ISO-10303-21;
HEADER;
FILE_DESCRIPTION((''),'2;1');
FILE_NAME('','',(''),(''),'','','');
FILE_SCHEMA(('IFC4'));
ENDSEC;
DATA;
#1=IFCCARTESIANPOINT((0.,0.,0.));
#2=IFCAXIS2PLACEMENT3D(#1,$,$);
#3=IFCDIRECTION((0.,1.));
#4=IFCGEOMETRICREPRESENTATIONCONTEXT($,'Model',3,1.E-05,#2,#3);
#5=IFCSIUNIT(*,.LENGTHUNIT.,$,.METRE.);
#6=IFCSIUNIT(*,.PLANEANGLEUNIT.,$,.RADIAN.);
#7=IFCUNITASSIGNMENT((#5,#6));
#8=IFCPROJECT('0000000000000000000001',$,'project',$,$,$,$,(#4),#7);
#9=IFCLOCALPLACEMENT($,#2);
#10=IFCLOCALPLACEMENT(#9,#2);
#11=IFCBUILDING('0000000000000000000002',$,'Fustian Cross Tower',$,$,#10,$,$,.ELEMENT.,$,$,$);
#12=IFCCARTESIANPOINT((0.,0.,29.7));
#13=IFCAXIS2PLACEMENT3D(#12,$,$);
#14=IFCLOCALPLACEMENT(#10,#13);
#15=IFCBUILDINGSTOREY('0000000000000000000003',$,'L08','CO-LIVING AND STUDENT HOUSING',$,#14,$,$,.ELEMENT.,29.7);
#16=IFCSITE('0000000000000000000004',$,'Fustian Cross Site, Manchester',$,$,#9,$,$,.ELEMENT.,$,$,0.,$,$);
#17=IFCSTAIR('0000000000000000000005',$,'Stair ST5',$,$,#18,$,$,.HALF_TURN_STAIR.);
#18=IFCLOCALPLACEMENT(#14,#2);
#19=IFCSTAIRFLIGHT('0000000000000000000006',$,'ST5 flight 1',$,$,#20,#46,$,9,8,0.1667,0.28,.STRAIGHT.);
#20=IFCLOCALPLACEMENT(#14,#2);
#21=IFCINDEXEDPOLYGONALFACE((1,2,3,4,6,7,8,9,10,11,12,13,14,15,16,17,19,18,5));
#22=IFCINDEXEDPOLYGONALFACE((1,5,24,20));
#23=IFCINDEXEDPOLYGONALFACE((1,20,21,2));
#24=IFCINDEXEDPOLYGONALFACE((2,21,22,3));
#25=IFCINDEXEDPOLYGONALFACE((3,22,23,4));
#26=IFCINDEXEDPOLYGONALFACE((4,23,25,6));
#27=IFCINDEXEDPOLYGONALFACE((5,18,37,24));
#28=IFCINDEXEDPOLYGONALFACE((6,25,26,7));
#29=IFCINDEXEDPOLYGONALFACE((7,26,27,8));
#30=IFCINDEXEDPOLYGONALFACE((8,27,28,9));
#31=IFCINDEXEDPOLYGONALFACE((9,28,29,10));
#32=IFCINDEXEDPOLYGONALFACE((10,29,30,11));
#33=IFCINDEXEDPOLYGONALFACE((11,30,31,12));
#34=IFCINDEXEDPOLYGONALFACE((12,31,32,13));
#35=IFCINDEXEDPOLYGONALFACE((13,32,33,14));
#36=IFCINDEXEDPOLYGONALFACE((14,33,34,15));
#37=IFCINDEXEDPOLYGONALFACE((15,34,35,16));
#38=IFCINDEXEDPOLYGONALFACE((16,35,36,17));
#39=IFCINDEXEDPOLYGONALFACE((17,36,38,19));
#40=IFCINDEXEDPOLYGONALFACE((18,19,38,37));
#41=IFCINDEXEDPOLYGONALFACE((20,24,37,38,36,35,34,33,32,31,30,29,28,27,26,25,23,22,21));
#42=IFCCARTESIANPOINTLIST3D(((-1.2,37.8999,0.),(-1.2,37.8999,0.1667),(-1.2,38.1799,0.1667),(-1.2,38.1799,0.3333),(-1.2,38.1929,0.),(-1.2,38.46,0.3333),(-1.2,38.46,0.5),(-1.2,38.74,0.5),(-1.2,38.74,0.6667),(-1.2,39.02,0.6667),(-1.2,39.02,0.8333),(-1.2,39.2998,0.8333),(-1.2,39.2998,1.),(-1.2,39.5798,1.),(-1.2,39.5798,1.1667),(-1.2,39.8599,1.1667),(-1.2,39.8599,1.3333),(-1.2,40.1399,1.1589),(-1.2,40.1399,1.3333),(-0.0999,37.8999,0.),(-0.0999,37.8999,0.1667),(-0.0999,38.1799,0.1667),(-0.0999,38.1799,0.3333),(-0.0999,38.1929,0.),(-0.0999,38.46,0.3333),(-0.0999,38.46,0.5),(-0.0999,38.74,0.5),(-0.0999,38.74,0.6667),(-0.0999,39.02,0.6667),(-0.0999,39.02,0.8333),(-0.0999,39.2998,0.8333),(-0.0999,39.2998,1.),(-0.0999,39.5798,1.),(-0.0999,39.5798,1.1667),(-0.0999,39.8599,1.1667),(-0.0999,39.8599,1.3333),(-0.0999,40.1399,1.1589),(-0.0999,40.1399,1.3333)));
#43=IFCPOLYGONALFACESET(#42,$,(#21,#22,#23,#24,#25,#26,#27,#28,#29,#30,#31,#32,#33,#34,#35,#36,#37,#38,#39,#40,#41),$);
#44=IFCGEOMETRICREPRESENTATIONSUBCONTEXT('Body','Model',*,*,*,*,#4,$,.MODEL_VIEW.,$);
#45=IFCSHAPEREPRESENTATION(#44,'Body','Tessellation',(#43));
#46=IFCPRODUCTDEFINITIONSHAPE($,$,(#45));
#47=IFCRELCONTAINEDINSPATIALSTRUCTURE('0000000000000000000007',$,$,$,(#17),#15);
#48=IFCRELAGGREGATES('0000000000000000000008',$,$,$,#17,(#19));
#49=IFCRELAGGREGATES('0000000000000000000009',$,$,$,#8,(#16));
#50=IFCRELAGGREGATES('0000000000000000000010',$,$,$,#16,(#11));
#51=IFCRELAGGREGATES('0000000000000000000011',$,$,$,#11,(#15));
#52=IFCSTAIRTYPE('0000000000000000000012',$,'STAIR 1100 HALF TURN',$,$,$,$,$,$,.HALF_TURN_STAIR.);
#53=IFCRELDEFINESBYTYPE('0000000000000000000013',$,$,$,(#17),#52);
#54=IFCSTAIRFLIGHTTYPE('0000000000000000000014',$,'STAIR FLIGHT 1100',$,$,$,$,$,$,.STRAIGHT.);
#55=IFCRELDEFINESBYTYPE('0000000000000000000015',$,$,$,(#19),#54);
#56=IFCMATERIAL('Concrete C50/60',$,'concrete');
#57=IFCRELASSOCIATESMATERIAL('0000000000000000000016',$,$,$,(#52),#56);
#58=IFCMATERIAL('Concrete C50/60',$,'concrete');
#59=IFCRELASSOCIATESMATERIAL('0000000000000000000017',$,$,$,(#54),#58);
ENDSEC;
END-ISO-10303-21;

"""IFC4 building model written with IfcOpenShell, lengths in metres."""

from ifc_helpers import new_model, si_unit, direction, frame, origin, place, context, subcontext, project, spatial, polyline, outline, extrude, material, type_object, element, aggregate, save


model = new_model("IFC4")

# Units and contexts
model_context = context("Model", 3, precision=1e-05, world=origin(), true_north=direction((0.0, 1.0)))
body_context = subcontext(model_context, "Body", "Model", "MODEL_VIEW")
ifc_project = project(units=[si_unit("LENGTHUNIT", "METRE"), si_unit("PLANEANGLEUNIT", "RADIAN")], contexts=[model_context])

# Site, building, storey
site_placement = place(None, origin())
site = spatial("IfcSite", under=ifc_project, at=site_placement, Name="Fustian Cross Site, Manchester", CompositionType="ELEMENT", RefElevation=0.0)
building_placement = place(site_placement, origin())
building = spatial("IfcBuilding", under=site, at=building_placement, Name="Fustian Cross Tower", CompositionType="ELEMENT")
storey_placement = place(building_placement, frame((0.0, 0.0, 29.7)))
storey = spatial("IfcBuildingStorey", under=building, at=storey_placement, Name="L08", Description="CO-LIVING AND STUDENT HOUSING", CompositionType="ELEMENT", Elevation=29.7)

# Stair, stair flight
ifc_material_1 = material(Name="Concrete C50/60", Category="concrete")
stair_type = type_object("IfcStairType", Name="STAIR 1100 HALF TURN", PredefinedType="HALF_TURN_STAIR", material=ifc_material_1)
stair_placement = place(storey_placement, origin())
stair = element("IfcStair", 1, at=stair_placement, inside=storey, type_object=stair_type, Name="Stair ST5", PredefinedType="HALF_TURN_STAIR")
ifc_material_2 = material(Name="Concrete C50/60", Category="concrete")
stair_flight_type = type_object("IfcStairFlightType", Name="STAIR FLIGHT 1100", PredefinedType="STRAIGHT", material=ifc_material_2)
stair_flight_placement = place(storey_placement, frame((-0.6499, 37.8999, 0.0), z_axis=(0.0, 0.0, 1.0), x_axis=(0.0, 1.0, 0.0)))
stair_flight = element("IfcStairFlight", 2, at=stair_flight_placement, type_object=stair_flight_type, Name="ST5 flight 1", NumberOfRisers=9, NumberOfTreads=8, PredefinedType="STRAIGHT", RiserHeight=0.1667, TreadLength=0.28, context=body_context, shape_type="SweptSolid", body=[
    extrude(outline(polyline([(0.0, 0.0), (0.0, 0.1667), (0.28, 0.1667), (0.28, 0.3333), (0.5601, 0.3333), (0.5601, 0.5), (0.8401, 0.5), (0.8401, 0.6667), (1.1201, 0.6667), (1.1201, 0.8333), (1.3999, 0.8333), (1.3999, 1.0), (1.6799, 1.0), (1.6799, 1.1667), (1.96, 1.1667), (1.96, 1.3333), (2.24, 1.3333), (2.24, 1.5), (2.24, 1.1589), (0.293, 0.0), (0.0, 0.0)])), frame((0.0, 0.55, 0.0), z_axis=(0.0, -1.0, 0.0), x_axis=(1.0, 0.0, 0.0)), (0.0, 0.0, 1.0), 1.1001),
])
aggregate(stair, [stair_flight])

save(model, "model.ifc")
